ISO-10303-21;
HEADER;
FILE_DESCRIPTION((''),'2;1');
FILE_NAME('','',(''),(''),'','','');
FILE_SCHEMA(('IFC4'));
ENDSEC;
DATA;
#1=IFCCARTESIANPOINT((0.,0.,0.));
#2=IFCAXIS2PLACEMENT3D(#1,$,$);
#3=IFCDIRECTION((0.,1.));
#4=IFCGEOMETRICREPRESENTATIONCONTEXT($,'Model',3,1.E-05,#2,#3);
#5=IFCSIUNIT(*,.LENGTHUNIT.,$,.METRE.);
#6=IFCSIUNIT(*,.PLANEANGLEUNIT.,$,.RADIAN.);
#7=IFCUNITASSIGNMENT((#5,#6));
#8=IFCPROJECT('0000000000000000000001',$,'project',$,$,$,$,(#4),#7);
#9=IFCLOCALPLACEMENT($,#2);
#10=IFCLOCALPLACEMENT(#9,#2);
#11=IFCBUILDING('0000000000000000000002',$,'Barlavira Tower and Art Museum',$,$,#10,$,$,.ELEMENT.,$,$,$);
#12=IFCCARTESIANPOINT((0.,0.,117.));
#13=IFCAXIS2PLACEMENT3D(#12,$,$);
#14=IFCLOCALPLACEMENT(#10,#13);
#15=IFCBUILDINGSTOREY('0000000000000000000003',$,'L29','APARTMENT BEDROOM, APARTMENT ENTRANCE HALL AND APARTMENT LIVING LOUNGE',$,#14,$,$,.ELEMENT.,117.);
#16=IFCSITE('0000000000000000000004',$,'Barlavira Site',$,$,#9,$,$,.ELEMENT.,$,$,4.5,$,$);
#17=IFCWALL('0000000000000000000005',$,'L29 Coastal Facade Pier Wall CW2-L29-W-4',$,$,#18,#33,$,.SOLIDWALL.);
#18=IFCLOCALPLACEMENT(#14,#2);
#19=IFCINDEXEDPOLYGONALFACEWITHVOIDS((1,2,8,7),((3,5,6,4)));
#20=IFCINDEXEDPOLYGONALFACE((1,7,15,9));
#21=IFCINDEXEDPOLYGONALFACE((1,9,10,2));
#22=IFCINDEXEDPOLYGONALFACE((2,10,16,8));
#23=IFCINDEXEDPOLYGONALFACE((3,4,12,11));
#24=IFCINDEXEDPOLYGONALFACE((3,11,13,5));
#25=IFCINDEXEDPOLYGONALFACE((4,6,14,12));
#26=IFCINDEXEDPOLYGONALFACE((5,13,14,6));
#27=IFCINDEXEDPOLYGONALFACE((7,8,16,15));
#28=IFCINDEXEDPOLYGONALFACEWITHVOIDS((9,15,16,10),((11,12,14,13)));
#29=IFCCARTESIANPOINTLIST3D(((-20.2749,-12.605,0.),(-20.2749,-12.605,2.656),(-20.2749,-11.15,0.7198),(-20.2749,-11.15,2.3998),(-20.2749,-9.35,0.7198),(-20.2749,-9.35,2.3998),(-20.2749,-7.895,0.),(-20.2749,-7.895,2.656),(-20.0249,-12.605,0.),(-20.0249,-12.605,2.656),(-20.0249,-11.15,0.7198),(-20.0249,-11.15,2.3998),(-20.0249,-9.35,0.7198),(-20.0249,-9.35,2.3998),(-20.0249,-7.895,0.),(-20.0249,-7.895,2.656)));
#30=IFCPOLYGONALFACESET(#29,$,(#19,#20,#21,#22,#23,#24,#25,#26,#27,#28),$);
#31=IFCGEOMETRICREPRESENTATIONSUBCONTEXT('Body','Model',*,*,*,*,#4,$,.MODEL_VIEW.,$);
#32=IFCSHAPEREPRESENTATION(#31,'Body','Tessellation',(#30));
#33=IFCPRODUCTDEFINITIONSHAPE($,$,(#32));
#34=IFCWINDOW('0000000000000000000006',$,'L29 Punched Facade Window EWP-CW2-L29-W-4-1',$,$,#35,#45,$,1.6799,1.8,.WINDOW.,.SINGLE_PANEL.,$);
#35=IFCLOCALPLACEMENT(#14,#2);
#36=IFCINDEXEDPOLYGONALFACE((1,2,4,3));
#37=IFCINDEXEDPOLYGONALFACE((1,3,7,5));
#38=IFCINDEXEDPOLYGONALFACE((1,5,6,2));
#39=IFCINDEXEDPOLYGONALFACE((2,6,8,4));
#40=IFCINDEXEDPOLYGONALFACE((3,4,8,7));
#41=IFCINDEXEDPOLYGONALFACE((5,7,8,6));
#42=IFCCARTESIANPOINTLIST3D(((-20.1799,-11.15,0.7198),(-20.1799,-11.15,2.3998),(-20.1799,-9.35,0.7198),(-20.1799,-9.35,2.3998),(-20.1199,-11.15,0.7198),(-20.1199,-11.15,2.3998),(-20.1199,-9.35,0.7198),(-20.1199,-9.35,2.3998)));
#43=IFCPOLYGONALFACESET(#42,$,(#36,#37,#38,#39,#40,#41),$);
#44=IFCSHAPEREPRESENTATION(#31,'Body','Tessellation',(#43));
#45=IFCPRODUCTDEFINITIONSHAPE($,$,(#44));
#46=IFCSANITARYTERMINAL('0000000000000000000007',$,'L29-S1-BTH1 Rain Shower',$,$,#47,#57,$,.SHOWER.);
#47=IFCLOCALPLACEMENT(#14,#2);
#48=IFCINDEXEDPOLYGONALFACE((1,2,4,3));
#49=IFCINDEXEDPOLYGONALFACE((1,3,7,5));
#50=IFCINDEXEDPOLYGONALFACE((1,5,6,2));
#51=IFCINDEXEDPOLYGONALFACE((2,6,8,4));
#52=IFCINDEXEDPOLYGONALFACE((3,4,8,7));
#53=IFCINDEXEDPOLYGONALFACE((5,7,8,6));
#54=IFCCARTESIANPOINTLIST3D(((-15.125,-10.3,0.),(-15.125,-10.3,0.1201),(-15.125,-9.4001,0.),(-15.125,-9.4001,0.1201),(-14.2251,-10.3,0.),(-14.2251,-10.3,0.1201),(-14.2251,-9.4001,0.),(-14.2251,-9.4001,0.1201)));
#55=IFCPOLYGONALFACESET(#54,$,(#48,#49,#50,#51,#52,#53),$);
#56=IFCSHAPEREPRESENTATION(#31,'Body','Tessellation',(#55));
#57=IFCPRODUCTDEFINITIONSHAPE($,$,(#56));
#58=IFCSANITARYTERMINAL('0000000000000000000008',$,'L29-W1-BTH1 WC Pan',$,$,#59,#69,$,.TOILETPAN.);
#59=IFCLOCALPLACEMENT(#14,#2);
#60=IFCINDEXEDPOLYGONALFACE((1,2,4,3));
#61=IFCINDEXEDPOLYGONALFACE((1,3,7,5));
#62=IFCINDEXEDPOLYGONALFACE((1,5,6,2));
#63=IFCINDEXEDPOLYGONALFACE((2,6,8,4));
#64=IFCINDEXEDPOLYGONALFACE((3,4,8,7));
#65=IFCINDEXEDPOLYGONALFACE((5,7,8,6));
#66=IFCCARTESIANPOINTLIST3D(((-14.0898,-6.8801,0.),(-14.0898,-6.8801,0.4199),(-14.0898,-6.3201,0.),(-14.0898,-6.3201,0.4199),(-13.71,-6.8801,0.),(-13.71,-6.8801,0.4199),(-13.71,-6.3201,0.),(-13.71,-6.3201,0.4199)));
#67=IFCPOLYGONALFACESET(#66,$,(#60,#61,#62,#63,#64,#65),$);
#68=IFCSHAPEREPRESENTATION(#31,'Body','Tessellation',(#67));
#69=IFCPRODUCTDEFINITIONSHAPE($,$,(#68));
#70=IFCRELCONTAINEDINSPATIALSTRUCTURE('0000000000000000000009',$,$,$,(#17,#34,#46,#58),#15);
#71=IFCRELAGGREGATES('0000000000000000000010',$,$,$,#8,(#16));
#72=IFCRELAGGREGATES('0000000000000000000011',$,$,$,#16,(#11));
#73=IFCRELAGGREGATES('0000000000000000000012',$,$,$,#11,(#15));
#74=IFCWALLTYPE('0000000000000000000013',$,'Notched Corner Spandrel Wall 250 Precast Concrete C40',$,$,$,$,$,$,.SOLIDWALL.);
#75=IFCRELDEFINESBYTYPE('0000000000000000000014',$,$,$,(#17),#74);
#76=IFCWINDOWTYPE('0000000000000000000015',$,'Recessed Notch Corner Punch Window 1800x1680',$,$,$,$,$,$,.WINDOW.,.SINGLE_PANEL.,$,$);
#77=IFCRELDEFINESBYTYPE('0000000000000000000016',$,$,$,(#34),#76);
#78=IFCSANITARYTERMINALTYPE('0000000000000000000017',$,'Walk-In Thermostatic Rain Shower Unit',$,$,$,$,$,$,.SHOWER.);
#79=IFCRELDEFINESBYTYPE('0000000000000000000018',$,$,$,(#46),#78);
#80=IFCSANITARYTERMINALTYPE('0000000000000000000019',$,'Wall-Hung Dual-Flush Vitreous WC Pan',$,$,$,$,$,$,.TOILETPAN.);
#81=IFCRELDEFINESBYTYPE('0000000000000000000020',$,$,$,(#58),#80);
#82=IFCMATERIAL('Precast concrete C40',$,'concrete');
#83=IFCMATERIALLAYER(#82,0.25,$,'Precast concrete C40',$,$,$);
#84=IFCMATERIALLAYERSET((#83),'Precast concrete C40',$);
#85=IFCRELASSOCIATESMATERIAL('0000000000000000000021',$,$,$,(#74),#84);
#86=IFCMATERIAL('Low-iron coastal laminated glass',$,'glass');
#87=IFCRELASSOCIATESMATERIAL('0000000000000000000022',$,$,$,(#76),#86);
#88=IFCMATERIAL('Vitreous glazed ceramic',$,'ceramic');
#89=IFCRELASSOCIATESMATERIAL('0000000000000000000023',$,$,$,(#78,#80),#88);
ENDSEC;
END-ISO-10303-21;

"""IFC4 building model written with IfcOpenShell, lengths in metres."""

from ifc_helpers import new_model, si_unit, direction, frame, frame_2d, origin, origin_2d, place, context, subcontext, project, spatial, rectangle, extrude, material, layer, layer_set, type_object, element, fill, save


model = new_model("IFC4")

# Units and contexts
model_context = context("Model", 3, precision=1e-05, world=origin(), true_north=direction((0.0, 1.0)))
body_context = subcontext(model_context, "Body", "Model", "MODEL_VIEW")
ifc_project = project(units=[si_unit("LENGTHUNIT", "METRE"), si_unit("PLANEANGLEUNIT", "RADIAN")], contexts=[model_context])

# Site, building, storey
site_placement = place(None, origin())
site = spatial("IfcSite", under=ifc_project, at=site_placement, Name="Barlavira Site", CompositionType="ELEMENT", RefElevation=4.5)
building_placement = place(site_placement, origin())
building = spatial("IfcBuilding", under=site, at=building_placement, Name="Barlavira Tower and Art Museum", CompositionType="ELEMENT")
storey_placement = place(building_placement, frame((0.0, 0.0, 117.0)))
storey = spatial("IfcBuildingStorey", under=building, at=storey_placement, Name="L29", Description="APARTMENT BEDROOM, APARTMENT ENTRANCE HALL AND APARTMENT LIVING LOUNGE", CompositionType="ELEMENT", Elevation=117.0)

# Shared definitions
ifc_material_1 = material(Name="Low-iron coastal laminated glass", Category="glass")

# Wall, opening, window
ifc_material_2 = material(Name="Precast concrete C40", Category="concrete")
ifc_layer_1 = layer(ifc_material_2, 0.25, Name="Precast concrete C40")
ifc_layer_set_1 = layer_set([ifc_layer_1], Name="Precast concrete C40")
wall_type_1 = type_object("IfcWallType", Name="Notched Corner Spandrel Wall 250 Precast Concrete C40", PredefinedType="SOLIDWALL", material=ifc_layer_set_1)
wall_1_placement = place(storey_placement, frame((-20.1499, -7.895, 0.0), z_axis=(0.0, 0.0, 1.0), x_axis=(0.0, -1.0, 0.0)))
wall_1 = element("IfcWall", 1, at=wall_1_placement, inside=storey, type_object=wall_type_1, Name="L29 Coastal Facade Pier Wall CW2-L29-W-4", PredefinedType="SOLIDWALL", context=body_context, shape_type="SweptSolid", body=[
    extrude(rectangle(XDim=4.71, YDim=0.25, at=frame_2d((2.355, 0.0))), origin(), (0.0, 0.0, 1.0), 2.656),
])
opening_1_placement = place(wall_1_placement, frame((1.4551, 0.0, 0.72)))
opening_1 = element("IfcOpeningElement", 2, at=opening_1_placement, cuts=wall_1, PredefinedType="OPENING", context=body_context, shape_type="SweptSolid", body=[
    extrude(rectangle(XDim=1.8, YDim=1.6799, at=frame_2d((0.8999, 0.8398))), frame((0.0, 0.135, 0.0), z_axis=(0.0, -1.0, 0.0), x_axis=(1.0, 0.0, 0.0)), (0.0, 0.0, 1.0), 0.27),
])
window_type = type_object("IfcWindowType", Name="Recessed Notch Corner Punch Window 1800x1680", PartitioningType="SINGLE_PANEL", PredefinedType="WINDOW", material=ifc_material_1)
window_placement = place(opening_1_placement, origin())
window = element("IfcWindow", 3, at=window_placement, inside=storey, type_object=window_type, Name="L29 Punched Facade Window EWP-CW2-L29-W-4-1", OverallHeight=1.6799, OverallWidth=1.8, PartitioningType="SINGLE_PANEL", PredefinedType="WINDOW", context=body_context, shape_type="SweptSolid", body=[
    extrude(rectangle(XDim=1.8, YDim=1.6799, at=frame_2d((0.8999, 0.8398))), frame((0.0, 0.03, 0.0), z_axis=(0.0, -1.0, 0.0), x_axis=(1.0, 0.0, 0.0)), (0.0, 0.0, 1.0), 0.0601),
])
fill(opening_1, window)

# Sanitary terminals
ifc_material_3 = material(Name="Vitreous glazed ceramic", Category="ceramic")
sanitary_terminal_type_1 = type_object("IfcSanitaryTerminalType", Name="Walk-In Thermostatic Rain Shower Unit", PredefinedType="SHOWER", material=ifc_material_3)
sanitary_terminal_1_placement = place(storey_placement, frame((-14.675, -9.8501, 0.0), z_axis=(0.0, 0.0, 1.0), x_axis=(1.0, 0.0, 0.0)))
element("IfcSanitaryTerminal", 4, at=sanitary_terminal_1_placement, inside=storey, type_object=sanitary_terminal_type_1, Name="L29-S1-BTH1 Rain Shower", PredefinedType="SHOWER", context=body_context, shape_type="SweptSolid", body=[
    extrude(rectangle(XDim=0.8999, YDim=0.8999, at=origin_2d()), origin(), (0.0, 0.0, 1.0), 0.1201),
])
sanitary_terminal_type_2 = type_object("IfcSanitaryTerminalType", Name="Wall-Hung Dual-Flush Vitreous WC Pan", PredefinedType="TOILETPAN", material=ifc_material_3)
sanitary_terminal_2_placement = place(storey_placement, frame((-13.8999, -6.6001, 0.0), z_axis=(0.0, 0.0, 1.0), x_axis=(1.0, 0.0, 0.0)))
element("IfcSanitaryTerminal", 5, at=sanitary_terminal_2_placement, inside=storey, type_object=sanitary_terminal_type_2, Name="L29-W1-BTH1 WC Pan", PredefinedType="TOILETPAN", context=body_context, shape_type="SweptSolid", body=[
    extrude(rectangle(XDim=0.3799, YDim=0.5601, at=origin_2d()), origin(), (0.0, 0.0, 1.0), 0.4199),
])

save(model, "model.ifc")
